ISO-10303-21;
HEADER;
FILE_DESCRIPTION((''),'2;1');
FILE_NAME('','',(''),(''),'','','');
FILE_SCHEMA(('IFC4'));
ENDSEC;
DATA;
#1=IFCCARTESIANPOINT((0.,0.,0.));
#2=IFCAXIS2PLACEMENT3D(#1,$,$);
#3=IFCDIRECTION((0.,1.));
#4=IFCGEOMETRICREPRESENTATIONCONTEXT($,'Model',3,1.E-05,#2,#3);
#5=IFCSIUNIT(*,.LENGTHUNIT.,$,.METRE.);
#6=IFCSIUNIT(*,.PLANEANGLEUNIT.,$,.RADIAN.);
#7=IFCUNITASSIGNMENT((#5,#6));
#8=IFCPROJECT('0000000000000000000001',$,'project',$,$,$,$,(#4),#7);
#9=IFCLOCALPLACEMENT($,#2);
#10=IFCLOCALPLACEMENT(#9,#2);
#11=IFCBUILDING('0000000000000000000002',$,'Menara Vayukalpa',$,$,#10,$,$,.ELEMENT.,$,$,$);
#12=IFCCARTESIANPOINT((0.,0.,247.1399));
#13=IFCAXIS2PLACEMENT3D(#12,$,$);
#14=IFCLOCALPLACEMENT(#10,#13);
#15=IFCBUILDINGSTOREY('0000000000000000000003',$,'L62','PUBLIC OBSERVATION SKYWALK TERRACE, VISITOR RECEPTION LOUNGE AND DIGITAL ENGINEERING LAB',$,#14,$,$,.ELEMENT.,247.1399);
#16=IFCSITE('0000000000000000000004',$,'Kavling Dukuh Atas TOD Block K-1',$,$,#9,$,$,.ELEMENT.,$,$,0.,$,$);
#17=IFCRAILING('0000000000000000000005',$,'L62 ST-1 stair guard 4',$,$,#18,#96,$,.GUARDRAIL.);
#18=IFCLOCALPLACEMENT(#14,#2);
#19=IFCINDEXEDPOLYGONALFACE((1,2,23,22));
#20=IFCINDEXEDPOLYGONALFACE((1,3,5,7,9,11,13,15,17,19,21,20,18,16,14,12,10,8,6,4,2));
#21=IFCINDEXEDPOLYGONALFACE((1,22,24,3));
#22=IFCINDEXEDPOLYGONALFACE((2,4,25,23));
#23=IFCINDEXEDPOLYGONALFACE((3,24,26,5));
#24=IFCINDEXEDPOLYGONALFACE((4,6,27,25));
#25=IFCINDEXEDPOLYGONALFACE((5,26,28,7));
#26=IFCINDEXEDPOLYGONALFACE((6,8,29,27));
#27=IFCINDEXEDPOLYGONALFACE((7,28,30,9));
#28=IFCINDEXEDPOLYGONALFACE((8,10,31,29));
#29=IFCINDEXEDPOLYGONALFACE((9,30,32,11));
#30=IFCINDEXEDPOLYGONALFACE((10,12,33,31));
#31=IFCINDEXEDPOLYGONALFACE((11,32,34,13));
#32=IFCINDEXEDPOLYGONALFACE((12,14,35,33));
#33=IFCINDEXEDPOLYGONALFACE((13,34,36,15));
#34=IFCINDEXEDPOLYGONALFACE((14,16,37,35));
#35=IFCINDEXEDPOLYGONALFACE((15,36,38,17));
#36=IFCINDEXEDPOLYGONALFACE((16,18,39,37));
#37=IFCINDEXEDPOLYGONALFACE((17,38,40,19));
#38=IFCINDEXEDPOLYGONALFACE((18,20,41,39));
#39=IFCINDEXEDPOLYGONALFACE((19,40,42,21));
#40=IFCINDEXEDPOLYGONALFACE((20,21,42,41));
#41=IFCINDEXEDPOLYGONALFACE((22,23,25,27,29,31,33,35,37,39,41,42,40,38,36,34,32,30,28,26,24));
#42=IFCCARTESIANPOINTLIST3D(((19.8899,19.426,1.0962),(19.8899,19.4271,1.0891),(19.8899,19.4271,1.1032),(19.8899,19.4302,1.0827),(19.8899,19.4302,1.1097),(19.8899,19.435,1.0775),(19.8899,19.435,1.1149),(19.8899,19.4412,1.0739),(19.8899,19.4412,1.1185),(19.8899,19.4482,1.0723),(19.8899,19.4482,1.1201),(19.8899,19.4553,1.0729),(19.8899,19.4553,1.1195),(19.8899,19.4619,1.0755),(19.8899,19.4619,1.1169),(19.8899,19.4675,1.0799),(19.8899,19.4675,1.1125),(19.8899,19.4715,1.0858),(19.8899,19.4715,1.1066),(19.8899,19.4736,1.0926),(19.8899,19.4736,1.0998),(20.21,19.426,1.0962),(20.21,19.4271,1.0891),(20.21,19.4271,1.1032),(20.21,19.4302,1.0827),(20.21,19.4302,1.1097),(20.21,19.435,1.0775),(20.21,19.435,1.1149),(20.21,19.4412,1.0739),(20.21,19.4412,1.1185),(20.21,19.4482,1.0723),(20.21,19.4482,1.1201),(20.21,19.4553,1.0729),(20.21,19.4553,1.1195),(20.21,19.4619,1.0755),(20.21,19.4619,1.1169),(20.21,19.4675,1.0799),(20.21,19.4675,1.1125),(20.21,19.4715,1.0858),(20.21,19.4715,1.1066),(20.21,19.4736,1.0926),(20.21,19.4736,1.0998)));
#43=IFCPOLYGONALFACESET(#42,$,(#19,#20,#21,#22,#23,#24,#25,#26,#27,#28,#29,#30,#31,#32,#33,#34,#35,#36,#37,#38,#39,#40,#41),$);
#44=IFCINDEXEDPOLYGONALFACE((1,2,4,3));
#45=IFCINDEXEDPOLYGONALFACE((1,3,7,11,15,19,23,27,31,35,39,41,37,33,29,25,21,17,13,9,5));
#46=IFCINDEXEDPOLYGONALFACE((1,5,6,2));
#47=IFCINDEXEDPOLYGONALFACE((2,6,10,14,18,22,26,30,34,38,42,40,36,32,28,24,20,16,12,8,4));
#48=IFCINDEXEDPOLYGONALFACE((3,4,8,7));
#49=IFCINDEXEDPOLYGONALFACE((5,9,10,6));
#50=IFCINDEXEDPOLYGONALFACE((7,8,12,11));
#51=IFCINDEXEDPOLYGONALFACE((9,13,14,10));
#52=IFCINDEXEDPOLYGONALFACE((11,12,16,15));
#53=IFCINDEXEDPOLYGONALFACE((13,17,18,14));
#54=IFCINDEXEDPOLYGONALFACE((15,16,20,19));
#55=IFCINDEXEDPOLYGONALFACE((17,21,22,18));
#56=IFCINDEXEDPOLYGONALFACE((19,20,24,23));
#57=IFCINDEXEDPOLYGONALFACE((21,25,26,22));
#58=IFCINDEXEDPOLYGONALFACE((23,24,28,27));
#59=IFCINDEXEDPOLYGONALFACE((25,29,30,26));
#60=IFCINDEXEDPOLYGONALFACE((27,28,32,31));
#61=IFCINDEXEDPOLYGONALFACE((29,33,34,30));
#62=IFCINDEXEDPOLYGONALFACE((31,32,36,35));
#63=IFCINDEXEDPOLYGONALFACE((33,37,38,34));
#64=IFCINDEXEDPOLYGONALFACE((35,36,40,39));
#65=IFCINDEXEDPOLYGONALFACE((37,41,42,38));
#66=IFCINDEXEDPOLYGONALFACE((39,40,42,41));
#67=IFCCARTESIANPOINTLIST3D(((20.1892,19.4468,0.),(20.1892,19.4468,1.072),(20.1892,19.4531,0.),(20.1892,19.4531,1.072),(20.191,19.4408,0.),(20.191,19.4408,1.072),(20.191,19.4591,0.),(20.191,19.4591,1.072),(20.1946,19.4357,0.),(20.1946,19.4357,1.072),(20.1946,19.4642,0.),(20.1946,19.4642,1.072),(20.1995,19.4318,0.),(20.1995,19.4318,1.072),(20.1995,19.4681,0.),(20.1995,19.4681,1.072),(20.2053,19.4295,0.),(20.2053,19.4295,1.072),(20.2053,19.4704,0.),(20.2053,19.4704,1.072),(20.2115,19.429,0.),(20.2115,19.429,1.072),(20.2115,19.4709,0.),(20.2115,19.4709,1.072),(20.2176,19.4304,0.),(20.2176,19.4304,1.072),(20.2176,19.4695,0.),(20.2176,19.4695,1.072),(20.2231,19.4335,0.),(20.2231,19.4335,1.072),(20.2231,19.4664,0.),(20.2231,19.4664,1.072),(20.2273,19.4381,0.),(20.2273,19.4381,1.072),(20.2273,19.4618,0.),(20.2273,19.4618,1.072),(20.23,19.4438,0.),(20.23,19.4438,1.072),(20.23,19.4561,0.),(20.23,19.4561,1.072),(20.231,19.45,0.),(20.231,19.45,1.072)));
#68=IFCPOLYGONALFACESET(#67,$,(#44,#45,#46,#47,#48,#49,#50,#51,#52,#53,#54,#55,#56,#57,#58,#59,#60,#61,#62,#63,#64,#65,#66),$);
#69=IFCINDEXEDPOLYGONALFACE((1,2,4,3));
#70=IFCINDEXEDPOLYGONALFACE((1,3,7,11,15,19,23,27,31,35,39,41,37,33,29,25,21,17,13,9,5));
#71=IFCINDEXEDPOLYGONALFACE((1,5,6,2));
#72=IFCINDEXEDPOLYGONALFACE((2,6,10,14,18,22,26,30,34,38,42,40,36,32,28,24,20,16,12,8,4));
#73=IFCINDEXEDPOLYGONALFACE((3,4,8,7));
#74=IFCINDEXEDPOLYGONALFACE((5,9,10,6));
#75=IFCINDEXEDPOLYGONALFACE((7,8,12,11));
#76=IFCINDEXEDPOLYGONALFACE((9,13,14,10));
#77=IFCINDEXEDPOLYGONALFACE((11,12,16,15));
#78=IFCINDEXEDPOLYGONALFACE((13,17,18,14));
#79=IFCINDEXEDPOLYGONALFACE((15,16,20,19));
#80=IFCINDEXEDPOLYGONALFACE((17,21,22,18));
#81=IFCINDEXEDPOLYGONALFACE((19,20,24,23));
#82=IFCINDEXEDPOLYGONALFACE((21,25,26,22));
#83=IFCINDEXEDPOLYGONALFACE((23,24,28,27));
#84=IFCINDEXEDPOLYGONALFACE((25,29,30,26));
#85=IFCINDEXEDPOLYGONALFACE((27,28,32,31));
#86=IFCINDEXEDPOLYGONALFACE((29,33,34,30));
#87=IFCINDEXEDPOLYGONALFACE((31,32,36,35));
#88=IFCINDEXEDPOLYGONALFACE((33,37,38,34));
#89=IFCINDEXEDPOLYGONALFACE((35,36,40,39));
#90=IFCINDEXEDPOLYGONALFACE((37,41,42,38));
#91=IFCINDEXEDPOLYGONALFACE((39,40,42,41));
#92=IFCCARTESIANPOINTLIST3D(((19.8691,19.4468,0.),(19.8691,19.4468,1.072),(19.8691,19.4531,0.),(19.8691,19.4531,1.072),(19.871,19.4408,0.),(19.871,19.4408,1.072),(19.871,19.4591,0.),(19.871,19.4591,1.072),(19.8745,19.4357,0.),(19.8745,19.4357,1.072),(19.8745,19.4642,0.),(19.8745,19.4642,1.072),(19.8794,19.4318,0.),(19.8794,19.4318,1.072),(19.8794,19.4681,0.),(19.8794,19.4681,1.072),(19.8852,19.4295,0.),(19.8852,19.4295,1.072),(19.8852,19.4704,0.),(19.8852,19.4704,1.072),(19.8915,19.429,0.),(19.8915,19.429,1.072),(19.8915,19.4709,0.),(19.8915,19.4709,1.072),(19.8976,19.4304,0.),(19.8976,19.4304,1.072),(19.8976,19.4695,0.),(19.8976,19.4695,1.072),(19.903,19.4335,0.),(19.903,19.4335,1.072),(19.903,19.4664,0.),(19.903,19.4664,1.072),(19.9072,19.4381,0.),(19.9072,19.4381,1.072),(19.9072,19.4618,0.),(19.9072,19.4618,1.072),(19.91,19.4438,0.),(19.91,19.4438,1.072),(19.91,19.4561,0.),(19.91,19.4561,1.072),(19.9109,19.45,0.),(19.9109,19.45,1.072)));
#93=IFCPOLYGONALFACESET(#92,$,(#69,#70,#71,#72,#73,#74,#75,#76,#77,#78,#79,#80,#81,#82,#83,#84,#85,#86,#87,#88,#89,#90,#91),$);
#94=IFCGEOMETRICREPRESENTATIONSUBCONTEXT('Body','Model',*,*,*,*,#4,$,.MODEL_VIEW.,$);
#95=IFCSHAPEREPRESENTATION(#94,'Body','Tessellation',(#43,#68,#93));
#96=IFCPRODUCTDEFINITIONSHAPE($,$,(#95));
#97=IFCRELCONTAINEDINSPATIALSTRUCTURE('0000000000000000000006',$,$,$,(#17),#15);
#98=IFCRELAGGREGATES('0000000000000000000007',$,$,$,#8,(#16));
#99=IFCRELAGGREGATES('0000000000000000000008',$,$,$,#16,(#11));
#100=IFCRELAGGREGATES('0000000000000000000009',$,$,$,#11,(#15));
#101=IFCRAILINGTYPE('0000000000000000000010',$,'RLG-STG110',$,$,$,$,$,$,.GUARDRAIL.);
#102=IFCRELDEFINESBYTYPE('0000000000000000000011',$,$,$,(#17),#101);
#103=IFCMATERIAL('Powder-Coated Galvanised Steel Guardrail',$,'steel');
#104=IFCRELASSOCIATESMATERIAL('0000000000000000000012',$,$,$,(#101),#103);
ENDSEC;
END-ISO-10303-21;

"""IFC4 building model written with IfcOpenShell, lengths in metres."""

from ifc_helpers import new_model, si_unit, direction, frame, origin, origin_2d, place, context, subcontext, project, spatial, circle, extrude, material, type_object, element, save


model = new_model("IFC4")

# Units and contexts
model_context = context("Model", 3, precision=1e-05, world=origin(), true_north=direction((0.0, 1.0)))
body_context = subcontext(model_context, "Body", "Model", "MODEL_VIEW")
ifc_project = project(units=[si_unit("LENGTHUNIT", "METRE"), si_unit("PLANEANGLEUNIT", "RADIAN")], contexts=[model_context])

# Site, building, storey
site_placement = place(None, origin())
site = spatial("IfcSite", under=ifc_project, at=site_placement, Name="Kavling Dukuh Atas TOD Block K-1", CompositionType="ELEMENT", RefElevation=0.0)
building_placement = place(site_placement, origin())
building = spatial("IfcBuilding", under=site, at=building_placement, Name="Menara Vayukalpa", CompositionType="ELEMENT")
storey_placement = place(building_placement, frame((0.0, 0.0, 247.1399)))
storey = spatial("IfcBuildingStorey", under=building, at=storey_placement, Name="L62", Description="PUBLIC OBSERVATION SKYWALK TERRACE, VISITOR RECEPTION LOUNGE AND DIGITAL ENGINEERING LAB", CompositionType="ELEMENT", Elevation=247.1399)

# Railing
ifc_material_1 = material(Name="Powder-Coated Galvanised Steel Guardrail", Category="steel")
railing_type_1 = type_object("IfcRailingType", Name="RLG-STG110", PredefinedType="GUARDRAIL", material=ifc_material_1)
railing_1_placement = place(storey_placement, frame((20.21, 19.45, 0.0)))
element("IfcRailing", 1, at=railing_1_placement, inside=storey, type_object=railing_type_1, Name="L62 ST-1 stair guard 4", PredefinedType="GUARDRAIL", context=body_context, shape_type="SweptSolid", body=[
    extrude(circle(Radius=0.0239, at=origin_2d()), frame((0.0, 0.0, 1.0962), z_axis=(-1.0, 0.0, 0.0), x_axis=(0.0, -1.0, 0.0)), (0.0, 0.0, 1.0), 0.3201),
    extrude(circle(Radius=0.021, at=origin_2d()), origin(), (0.0, 0.0, 1.0), 1.072),
    extrude(circle(Radius=0.021, at=origin_2d()), frame((-0.3201, 0.0, 0.0)), (0.0, 0.0, 1.0), 1.072),
])

save(model, "model.ifc")
